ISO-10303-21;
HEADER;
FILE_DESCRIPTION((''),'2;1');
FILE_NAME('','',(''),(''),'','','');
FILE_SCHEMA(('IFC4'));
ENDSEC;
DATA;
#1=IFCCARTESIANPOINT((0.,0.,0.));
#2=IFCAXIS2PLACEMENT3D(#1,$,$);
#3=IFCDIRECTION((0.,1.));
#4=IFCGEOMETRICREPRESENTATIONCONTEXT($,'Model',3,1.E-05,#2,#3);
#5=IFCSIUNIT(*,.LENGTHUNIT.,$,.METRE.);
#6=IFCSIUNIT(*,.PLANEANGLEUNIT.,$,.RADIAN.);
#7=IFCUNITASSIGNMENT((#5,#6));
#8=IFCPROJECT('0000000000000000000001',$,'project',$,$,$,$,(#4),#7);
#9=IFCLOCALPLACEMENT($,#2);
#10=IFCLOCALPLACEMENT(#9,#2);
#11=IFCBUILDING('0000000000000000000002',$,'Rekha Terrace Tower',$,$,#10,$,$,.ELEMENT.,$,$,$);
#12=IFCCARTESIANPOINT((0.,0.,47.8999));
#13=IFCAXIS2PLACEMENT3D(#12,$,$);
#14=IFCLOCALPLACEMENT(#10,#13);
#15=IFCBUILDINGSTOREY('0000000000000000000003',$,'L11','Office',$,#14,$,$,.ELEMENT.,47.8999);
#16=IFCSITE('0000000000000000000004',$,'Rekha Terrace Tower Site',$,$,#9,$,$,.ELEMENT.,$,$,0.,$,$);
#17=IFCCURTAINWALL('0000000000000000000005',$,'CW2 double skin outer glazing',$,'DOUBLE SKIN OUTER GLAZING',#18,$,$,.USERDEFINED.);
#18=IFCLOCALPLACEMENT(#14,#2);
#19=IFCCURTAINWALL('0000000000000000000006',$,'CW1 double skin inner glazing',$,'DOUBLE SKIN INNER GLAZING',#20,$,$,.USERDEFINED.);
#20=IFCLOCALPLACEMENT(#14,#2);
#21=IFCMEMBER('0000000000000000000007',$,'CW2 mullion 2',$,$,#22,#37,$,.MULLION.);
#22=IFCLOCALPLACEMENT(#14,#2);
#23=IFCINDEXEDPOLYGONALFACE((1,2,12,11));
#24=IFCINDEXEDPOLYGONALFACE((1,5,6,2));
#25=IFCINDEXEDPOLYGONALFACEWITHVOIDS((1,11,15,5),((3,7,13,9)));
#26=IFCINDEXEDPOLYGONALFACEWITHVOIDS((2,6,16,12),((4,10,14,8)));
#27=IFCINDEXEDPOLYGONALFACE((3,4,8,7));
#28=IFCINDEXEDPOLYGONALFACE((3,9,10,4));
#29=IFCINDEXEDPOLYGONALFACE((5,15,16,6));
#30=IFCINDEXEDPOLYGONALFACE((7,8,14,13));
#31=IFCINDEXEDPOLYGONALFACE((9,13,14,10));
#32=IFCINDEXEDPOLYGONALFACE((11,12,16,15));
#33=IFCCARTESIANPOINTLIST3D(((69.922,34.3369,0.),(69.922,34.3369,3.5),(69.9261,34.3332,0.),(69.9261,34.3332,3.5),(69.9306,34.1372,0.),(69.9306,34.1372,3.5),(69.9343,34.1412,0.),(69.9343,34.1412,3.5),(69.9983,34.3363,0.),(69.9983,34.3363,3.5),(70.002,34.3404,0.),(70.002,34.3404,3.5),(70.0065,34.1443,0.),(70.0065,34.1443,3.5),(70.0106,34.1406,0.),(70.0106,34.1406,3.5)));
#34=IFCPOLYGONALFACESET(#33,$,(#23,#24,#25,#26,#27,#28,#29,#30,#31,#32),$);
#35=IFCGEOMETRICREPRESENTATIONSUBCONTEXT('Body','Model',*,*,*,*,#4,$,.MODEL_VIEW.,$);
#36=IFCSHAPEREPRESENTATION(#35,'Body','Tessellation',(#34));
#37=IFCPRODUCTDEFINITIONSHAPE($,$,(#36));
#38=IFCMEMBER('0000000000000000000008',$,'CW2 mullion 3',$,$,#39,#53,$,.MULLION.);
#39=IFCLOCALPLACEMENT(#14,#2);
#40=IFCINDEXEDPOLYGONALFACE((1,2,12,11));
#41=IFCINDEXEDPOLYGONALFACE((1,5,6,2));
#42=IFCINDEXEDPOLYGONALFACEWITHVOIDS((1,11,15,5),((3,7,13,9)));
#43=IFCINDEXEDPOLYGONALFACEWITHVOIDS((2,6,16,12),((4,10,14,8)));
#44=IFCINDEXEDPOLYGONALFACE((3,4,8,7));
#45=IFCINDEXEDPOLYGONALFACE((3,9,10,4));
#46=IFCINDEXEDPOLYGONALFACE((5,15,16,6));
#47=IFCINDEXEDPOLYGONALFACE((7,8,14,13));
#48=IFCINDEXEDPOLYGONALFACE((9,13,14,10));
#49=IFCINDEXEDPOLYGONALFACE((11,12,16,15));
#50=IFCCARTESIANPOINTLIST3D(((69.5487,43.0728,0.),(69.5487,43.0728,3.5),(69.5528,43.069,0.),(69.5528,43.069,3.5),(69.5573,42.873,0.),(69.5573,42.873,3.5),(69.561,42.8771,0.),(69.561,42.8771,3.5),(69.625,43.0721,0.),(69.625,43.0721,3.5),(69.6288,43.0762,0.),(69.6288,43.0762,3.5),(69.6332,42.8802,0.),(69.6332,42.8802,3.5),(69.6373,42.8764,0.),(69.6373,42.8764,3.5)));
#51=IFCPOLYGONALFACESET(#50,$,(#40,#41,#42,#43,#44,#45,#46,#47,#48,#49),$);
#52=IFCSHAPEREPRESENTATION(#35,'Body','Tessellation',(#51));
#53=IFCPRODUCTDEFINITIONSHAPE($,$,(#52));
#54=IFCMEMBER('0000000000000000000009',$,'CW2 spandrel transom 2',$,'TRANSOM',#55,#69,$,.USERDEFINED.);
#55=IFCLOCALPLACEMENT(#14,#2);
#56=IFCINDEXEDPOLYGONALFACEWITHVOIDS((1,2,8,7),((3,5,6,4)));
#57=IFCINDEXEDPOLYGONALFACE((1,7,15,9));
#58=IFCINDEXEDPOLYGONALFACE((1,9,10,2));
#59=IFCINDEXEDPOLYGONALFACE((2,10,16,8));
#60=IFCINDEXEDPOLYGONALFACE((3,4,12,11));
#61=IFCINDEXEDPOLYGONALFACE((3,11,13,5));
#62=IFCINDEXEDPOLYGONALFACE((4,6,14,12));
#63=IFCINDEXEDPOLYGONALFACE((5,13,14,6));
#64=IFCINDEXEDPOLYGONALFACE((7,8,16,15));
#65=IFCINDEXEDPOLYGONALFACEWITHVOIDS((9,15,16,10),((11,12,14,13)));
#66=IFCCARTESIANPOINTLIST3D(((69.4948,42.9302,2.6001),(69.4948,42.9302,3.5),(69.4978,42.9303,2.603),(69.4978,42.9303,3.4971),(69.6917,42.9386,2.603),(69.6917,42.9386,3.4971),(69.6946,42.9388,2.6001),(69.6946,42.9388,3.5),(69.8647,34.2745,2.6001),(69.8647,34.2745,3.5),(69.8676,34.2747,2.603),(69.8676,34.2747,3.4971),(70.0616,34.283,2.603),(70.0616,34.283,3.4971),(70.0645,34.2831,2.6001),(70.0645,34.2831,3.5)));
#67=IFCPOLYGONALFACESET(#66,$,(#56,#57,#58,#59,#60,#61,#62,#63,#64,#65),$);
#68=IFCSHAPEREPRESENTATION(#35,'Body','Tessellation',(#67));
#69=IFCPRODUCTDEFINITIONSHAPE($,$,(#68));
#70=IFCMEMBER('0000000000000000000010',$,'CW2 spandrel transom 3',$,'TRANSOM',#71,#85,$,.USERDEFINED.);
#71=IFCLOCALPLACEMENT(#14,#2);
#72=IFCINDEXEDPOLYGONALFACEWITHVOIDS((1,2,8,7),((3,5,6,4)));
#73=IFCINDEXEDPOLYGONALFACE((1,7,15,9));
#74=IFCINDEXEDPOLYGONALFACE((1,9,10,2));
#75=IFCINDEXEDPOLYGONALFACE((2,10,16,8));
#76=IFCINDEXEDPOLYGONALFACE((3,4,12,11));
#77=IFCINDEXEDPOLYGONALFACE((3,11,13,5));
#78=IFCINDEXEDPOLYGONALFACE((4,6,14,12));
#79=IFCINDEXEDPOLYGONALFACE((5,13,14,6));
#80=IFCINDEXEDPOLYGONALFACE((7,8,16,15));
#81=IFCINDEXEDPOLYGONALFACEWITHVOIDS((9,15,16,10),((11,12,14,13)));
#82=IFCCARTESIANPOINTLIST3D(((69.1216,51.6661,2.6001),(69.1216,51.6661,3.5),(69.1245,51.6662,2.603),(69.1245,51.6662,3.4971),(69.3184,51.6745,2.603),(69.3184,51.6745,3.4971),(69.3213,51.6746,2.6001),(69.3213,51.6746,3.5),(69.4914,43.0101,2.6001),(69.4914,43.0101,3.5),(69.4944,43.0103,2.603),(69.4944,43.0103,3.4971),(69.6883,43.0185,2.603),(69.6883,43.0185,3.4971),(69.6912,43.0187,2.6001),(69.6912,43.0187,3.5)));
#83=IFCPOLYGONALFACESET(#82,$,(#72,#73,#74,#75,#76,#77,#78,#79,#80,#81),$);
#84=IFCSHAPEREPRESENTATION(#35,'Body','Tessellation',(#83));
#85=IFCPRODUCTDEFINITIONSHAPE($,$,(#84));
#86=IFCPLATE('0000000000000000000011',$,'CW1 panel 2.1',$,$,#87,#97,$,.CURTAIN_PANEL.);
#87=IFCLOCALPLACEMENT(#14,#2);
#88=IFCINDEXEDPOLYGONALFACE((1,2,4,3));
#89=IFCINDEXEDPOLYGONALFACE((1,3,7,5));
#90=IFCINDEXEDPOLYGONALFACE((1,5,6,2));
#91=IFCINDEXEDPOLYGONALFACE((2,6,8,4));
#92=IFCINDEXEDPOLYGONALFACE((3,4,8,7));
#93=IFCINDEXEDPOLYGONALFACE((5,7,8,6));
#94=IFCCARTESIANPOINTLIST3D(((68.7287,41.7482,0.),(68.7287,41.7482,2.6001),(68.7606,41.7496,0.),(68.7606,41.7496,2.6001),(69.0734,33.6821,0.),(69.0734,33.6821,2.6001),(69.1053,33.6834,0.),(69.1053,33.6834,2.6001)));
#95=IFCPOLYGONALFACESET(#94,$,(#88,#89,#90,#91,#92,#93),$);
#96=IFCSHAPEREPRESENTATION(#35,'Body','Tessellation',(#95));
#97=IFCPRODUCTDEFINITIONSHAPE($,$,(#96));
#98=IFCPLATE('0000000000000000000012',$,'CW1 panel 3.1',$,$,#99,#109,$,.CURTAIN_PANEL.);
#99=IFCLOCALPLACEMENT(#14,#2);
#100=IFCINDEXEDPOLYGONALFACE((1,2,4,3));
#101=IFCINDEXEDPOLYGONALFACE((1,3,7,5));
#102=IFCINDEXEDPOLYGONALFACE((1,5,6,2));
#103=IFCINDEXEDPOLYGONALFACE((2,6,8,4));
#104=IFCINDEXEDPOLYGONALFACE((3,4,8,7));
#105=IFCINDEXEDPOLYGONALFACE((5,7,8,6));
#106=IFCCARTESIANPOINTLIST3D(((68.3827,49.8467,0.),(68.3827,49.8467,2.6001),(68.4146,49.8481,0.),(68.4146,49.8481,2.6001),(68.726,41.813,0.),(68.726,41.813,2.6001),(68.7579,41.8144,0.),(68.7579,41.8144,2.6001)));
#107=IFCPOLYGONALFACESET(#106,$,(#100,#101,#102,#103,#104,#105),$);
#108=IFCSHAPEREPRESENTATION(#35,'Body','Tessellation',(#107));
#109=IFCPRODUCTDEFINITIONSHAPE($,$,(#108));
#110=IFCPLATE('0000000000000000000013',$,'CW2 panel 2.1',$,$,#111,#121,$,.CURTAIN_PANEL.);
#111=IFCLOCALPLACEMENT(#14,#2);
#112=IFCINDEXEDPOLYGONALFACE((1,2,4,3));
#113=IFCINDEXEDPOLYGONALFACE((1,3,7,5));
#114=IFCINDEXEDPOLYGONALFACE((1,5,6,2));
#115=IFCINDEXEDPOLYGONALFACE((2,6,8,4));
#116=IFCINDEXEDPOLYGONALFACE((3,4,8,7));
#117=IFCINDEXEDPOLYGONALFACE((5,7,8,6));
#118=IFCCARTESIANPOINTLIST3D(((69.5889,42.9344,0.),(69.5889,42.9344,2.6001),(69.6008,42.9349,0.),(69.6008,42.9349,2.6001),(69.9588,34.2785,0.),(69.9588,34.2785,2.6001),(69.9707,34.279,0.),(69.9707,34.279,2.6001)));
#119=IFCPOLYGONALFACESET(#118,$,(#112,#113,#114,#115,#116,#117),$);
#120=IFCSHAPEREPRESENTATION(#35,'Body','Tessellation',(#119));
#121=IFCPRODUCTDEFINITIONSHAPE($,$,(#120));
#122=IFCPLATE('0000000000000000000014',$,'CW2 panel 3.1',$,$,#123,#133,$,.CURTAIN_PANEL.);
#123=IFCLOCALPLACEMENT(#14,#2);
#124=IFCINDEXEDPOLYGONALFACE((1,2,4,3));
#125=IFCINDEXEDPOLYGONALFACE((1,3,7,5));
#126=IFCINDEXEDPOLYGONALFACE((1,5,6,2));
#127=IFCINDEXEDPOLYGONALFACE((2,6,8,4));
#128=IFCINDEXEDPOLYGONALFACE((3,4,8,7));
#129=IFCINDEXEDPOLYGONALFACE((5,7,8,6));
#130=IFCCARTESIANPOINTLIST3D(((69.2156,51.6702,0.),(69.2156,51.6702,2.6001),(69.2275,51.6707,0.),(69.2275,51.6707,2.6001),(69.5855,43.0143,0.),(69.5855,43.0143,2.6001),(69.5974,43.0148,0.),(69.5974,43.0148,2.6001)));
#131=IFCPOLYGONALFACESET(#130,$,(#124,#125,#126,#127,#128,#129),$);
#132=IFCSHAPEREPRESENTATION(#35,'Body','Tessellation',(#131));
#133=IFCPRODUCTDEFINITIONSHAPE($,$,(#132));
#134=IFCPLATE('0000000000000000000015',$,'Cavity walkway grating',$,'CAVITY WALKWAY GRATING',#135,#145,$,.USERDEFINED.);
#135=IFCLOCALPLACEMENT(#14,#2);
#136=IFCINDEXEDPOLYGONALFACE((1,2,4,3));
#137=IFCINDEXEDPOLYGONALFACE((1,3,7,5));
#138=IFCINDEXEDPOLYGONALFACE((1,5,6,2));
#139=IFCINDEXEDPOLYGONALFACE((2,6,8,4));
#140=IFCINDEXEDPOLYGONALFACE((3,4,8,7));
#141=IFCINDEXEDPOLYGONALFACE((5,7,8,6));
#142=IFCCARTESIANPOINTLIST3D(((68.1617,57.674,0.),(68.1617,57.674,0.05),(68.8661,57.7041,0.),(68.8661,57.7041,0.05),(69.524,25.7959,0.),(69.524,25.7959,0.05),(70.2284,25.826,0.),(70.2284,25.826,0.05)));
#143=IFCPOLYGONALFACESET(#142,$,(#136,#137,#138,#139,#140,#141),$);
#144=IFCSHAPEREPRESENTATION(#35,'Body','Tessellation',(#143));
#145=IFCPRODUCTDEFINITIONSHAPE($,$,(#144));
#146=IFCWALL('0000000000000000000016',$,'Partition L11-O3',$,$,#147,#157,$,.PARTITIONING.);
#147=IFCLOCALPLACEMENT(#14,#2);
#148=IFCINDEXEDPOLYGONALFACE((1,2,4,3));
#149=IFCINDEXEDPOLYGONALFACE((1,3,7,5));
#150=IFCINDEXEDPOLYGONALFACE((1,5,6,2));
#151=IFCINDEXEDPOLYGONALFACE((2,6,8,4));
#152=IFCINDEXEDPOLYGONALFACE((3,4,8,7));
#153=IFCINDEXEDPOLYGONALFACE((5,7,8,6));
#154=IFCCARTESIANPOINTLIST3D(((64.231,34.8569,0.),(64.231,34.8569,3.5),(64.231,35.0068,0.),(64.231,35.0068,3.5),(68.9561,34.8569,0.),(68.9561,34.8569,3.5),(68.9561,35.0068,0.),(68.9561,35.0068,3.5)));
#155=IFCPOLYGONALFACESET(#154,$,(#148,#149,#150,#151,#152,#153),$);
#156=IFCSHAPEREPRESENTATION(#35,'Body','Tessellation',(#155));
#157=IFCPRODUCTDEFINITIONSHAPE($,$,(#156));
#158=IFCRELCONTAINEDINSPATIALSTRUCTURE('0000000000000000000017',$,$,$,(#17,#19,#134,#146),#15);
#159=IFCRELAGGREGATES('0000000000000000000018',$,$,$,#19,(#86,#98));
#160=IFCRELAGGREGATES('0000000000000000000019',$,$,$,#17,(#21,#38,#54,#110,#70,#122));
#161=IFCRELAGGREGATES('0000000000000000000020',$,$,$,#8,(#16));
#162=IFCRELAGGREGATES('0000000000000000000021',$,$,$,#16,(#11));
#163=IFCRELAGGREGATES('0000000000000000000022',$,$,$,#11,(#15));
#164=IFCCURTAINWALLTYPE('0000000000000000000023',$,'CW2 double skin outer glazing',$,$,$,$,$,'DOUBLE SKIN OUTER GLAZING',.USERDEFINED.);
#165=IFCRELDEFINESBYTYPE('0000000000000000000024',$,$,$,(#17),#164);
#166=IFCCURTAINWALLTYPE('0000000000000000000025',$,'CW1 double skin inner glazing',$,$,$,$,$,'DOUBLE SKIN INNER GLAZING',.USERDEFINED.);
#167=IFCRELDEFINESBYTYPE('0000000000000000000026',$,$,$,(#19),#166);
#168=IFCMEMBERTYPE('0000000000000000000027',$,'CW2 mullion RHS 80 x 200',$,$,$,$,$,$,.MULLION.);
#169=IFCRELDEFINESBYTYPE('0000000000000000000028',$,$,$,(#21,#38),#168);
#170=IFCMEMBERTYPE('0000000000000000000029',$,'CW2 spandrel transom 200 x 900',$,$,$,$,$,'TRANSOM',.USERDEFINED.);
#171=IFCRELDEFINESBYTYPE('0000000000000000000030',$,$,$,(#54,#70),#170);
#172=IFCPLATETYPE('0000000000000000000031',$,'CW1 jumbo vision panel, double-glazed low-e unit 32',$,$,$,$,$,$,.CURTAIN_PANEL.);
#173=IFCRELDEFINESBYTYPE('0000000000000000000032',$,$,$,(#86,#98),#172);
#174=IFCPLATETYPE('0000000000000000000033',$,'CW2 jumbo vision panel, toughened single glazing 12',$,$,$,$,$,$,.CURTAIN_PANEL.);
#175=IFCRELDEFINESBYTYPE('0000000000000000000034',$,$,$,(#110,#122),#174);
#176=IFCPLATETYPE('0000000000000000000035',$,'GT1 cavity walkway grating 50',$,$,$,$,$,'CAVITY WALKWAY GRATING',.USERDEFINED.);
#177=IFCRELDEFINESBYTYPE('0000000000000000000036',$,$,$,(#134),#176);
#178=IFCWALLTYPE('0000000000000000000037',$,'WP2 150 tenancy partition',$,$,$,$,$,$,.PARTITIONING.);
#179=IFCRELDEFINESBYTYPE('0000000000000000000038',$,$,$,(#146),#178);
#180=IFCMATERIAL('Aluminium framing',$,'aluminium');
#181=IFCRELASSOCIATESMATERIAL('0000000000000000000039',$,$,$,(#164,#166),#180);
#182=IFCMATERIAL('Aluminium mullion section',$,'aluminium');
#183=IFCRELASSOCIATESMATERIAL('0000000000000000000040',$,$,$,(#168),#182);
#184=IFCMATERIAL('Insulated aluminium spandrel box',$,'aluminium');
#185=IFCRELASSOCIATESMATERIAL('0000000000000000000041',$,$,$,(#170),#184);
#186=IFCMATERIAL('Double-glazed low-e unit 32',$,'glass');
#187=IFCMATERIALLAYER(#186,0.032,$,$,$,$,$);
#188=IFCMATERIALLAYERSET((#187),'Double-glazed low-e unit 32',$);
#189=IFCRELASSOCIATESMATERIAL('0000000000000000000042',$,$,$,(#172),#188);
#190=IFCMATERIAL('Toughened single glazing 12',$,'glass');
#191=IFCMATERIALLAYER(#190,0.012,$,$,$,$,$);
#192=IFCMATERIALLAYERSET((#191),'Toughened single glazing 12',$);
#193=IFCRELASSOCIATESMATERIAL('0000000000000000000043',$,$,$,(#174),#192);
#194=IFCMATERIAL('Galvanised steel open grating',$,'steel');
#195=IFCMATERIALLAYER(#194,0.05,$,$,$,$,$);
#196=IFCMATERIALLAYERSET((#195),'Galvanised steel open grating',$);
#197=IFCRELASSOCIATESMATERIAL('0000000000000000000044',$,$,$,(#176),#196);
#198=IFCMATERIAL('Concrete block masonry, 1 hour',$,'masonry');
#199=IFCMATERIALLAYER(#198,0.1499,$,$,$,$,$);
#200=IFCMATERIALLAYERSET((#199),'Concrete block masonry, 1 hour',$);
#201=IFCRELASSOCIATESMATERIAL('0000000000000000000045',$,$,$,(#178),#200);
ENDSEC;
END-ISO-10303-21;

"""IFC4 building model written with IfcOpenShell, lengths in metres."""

from ifc_helpers import new_model, si_unit, direction, frame, frame_2d, origin, origin_2d, place, context, subcontext, project, spatial, rectangle, hollow_rectangle, extrude, material, layer, layer_set, material_profile, profile_set, type_object, element, aggregate, save


model = new_model("IFC4")

# Units and contexts
model_context = context("Model", 3, precision=1e-05, world=origin(), true_north=direction((0.0, 1.0)))
body_context = subcontext(model_context, "Body", "Model", "MODEL_VIEW")
ifc_project = project(units=[si_unit("LENGTHUNIT", "METRE"), si_unit("PLANEANGLEUNIT", "RADIAN")], contexts=[model_context])

# Site, building, storey
site_placement = place(None, origin())
site = spatial("IfcSite", under=ifc_project, at=site_placement, Name="Rekha Terrace Tower Site", CompositionType="ELEMENT", RefElevation=0.0)
building_placement = place(site_placement, origin())
building = spatial("IfcBuilding", under=site, at=building_placement, Name="Rekha Terrace Tower", CompositionType="ELEMENT")
storey_placement = place(building_placement, frame((0.0, 0.0, 47.8999)))
storey = spatial("IfcBuildingStorey", under=building, at=storey_placement, Name="L11", Description="Office", CompositionType="ELEMENT", Elevation=47.8999)

# Curtain walls
ifc_material_1 = material(Name="Aluminium framing", Category="aluminium")
curtain_wall_type_1 = type_object("IfcCurtainWallType", Name="CW2 double skin outer glazing", ElementType="DOUBLE SKIN OUTER GLAZING", PredefinedType="USERDEFINED", material=ifc_material_1)
curtain_wall_1_placement = place(storey_placement, origin())
curtain_wall_1 = element("IfcCurtainWall", 1, at=curtain_wall_1_placement, inside=storey, type_object=curtain_wall_type_1, Name="CW2 double skin outer glazing", ObjectType="DOUBLE SKIN OUTER GLAZING", PredefinedType="USERDEFINED")
curtain_wall_type_2 = type_object("IfcCurtainWallType", Name="CW1 double skin inner glazing", ElementType="DOUBLE SKIN INNER GLAZING", PredefinedType="USERDEFINED", material=ifc_material_1)
curtain_wall_2_placement = place(storey_placement, origin())
curtain_wall_2 = element("IfcCurtainWall", 2, at=curtain_wall_2_placement, inside=storey, type_object=curtain_wall_type_2, Name="CW1 double skin inner glazing", ObjectType="DOUBLE SKIN INNER GLAZING", PredefinedType="USERDEFINED")
ifc_material_2 = material(Name="Aluminium mullion section", Category="aluminium")
ifc_material_3 = material(Name="Insulated aluminium spandrel box", Category="aluminium")

# Members
ifc_material_profile_1 = material_profile(ifc_material_2, hollow_rectangle(XDim=0.0801, YDim=0.2, WallThickness=0.0039, at=origin_2d()), Name="AL RHS 80x200")
ifc_profile_set_1 = profile_set([ifc_material_profile_1], Name="Aluminium mullion section")
member_type_1 = type_object("IfcMemberType", Name="CW2 mullion RHS 80 x 200", PredefinedType="MULLION", material=ifc_profile_set_1)
member_1_placement = place(storey_placement, frame((69.9663, 34.2388, 0.0), z_axis=(0.0, 0.0, 1.0), x_axis=(-0.999088, -0.042696, 0.0)))
member_1 = element("IfcMember", 3, at=member_1_placement, type_object=member_type_1, Name="CW2 mullion 2", PredefinedType="MULLION", context=body_context, shape_type="SweptSolid", body=[
    extrude(hollow_rectangle(XDim=0.0801, YDim=0.2, WallThickness=0.0039, at=origin_2d()), origin(), (0.0, 0.0, 1.0), 3.5),
])
member_2_placement = place(storey_placement, frame((69.593, 42.9746, 0.0), z_axis=(0.0, 0.0, 1.0), x_axis=(-0.999088, -0.042696, 0.0)))
member_2 = element("IfcMember", 4, at=member_2_placement, type_object=member_type_1, Name="CW2 mullion 3", PredefinedType="MULLION", context=body_context, shape_type="SweptSolid", body=[
    extrude(hollow_rectangle(XDim=0.0801, YDim=0.2, WallThickness=0.0039, at=origin_2d()), origin(), (0.0, 0.0, 1.0), 3.5),
])
ifc_material_profile_2 = material_profile(ifc_material_3, hollow_rectangle(XDim=0.2, YDim=0.8999, WallThickness=0.0029, at=origin_2d()), Name="AL SPANDREL BOX 200x900")
ifc_profile_set_2 = profile_set([ifc_material_profile_2], Name="Insulated aluminium spandrel box")
member_type_2 = type_object("IfcMemberType", Name="CW2 spandrel transom 200 x 900", ElementType="TRANSOM", PredefinedType="USERDEFINED", material=ifc_profile_set_2)
member_3_placement = place(storey_placement, frame((69.9646, 34.2788, 3.05), z_axis=(-0.042692, 0.999088, 0.0), x_axis=(-0.999088, -0.042692, 0.0)))
member_3 = element("IfcMember", 5, at=member_3_placement, type_object=member_type_2, Name="CW2 spandrel transom 2", ObjectType="TRANSOM", PredefinedType="USERDEFINED", context=body_context, shape_type="SweptSolid", body=[
    extrude(hollow_rectangle(XDim=0.2, YDim=0.8999, WallThickness=0.0029, at=origin_2d()), origin(), (0.0, 0.0, 1.0), 8.6636),
])
member_4_placement = place(storey_placement, frame((69.5913, 43.0144, 3.05), z_axis=(-0.042691, 0.999088, 0.0), x_axis=(-0.999088, -0.042691, 0.0)))
member_4 = element("IfcMember", 6, at=member_4_placement, type_object=member_type_2, Name="CW2 spandrel transom 3", ObjectType="TRANSOM", PredefinedType="USERDEFINED", context=body_context, shape_type="SweptSolid", body=[
    extrude(hollow_rectangle(XDim=0.2, YDim=0.8999, WallThickness=0.0029, at=origin_2d()), origin(), (0.0, 0.0, 1.0), 8.6638),
])

# Plates
ifc_material_4 = material(Name="Double-glazed low-e unit 32", Category="glass")
ifc_layer_1 = layer(ifc_material_4, 0.032)
ifc_layer_set_1 = layer_set([ifc_layer_1], Name="Double-glazed low-e unit 32")
plate_type_1 = type_object("IfcPlateType", Name="CW1 jumbo vision panel, double-glazed low-e unit 32", PredefinedType="CURTAIN_PANEL", material=ifc_layer_set_1)
plate_1_placement = place(storey_placement, frame((68.917, 37.7158, 0.0), z_axis=(0.0, 0.0, 1.0), x_axis=(-0.042696, 0.999088, 0.0)))
plate_1 = element("IfcPlate", 7, at=plate_1_placement, type_object=plate_type_1, Name="CW1 panel 2.1", PredefinedType="CURTAIN_PANEL", context=body_context, shape_type="SweptSolid", body=[
    extrude(rectangle(XDim=8.0735, YDim=0.032, at=origin_2d()), origin(), (0.0, 0.0, 1.0), 2.6001),
])
plate_2_placement = place(storey_placement, frame((68.5703, 45.8306, 0.0), z_axis=(0.0, 0.0, 1.0), x_axis=(-0.042696, 0.999088, 0.0)))
plate_2 = element("IfcPlate", 8, at=plate_2_placement, type_object=plate_type_1, Name="CW1 panel 3.1", PredefinedType="CURTAIN_PANEL", context=body_context, shape_type="SweptSolid", body=[
    extrude(rectangle(XDim=8.041, YDim=0.032, at=origin_2d()), origin(), (0.0, 0.0, 1.0), 2.6001),
])
aggregate(curtain_wall_2, [plate_1, plate_2])
ifc_material_5 = material(Name="Toughened single glazing 12", Category="glass")
ifc_layer_2 = layer(ifc_material_5, 0.012)
ifc_layer_set_2 = layer_set([ifc_layer_2], Name="Toughened single glazing 12")
plate_type_2 = type_object("IfcPlateType", Name="CW2 jumbo vision panel, toughened single glazing 12", PredefinedType="CURTAIN_PANEL", material=ifc_layer_set_2)
plate_3_placement = place(storey_placement, frame((69.7798, 38.6067, 0.0), z_axis=(0.0, 0.0, 1.0), x_axis=(-0.042696, 0.999088, 0.0)))
plate_3 = element("IfcPlate", 9, at=plate_3_placement, type_object=plate_type_2, Name="CW2 panel 2.1", PredefinedType="CURTAIN_PANEL", context=body_context, shape_type="SweptSolid", body=[
    extrude(rectangle(XDim=8.6638, YDim=0.012, at=origin_2d()), origin(), (0.0, 0.0, 1.0), 2.6001),
])
plate_4_placement = place(storey_placement, frame((69.4065, 47.3425, 0.0), z_axis=(0.0, 0.0, 1.0), x_axis=(-0.042696, 0.999088, 0.0)))
plate_4 = element("IfcPlate", 10, at=plate_4_placement, type_object=plate_type_2, Name="CW2 panel 3.1", PredefinedType="CURTAIN_PANEL", context=body_context, shape_type="SweptSolid", body=[
    extrude(rectangle(XDim=8.6638, YDim=0.012, at=origin_2d()), origin(), (0.0, 0.0, 1.0), 2.6001),
])
aggregate(curtain_wall_1, [member_1, member_2, member_3, plate_3, member_4, plate_4])
ifc_material_6 = material(Name="Galvanised steel open grating", Category="steel")
ifc_layer_3 = layer(ifc_material_6, 0.05)
ifc_layer_set_3 = layer_set([ifc_layer_3], Name="Galvanised steel open grating")
plate_type_3 = type_object("IfcPlateType", Name="GT1 cavity walkway grating 50", ElementType="CAVITY WALKWAY GRATING", PredefinedType="USERDEFINED", material=ifc_layer_set_3)
plate_5_placement = place(storey_placement, frame((69.1951, 41.75, 0.0), z_axis=(0.0, 0.0, 1.0), x_axis=(-0.042696, 0.999088, 0.0)))
element("IfcPlate", 11, at=plate_5_placement, inside=storey, type_object=plate_type_3, Name="Cavity walkway grating", ObjectType="CAVITY WALKWAY GRATING", PredefinedType="USERDEFINED", context=body_context, shape_type="SweptSolid", body=[
    extrude(rectangle(XDim=31.9072, YDim=0.7051, at=origin_2d()), origin(), (0.0, 0.0, 1.0), 0.05),
])

# Wall
ifc_material_7 = material(Name="Concrete block masonry, 1 hour", Category="masonry")
ifc_layer_4 = layer(ifc_material_7, 0.1499)
ifc_layer_set_4 = layer_set([ifc_layer_4], Name="Concrete block masonry, 1 hour")
wall_type_1 = type_object("IfcWallType", Name="WP2 150 tenancy partition", PredefinedType="PARTITIONING", material=ifc_layer_set_4)
wall_1_placement = place(storey_placement, frame((64.231, 34.9319, 0.0), z_axis=(0.0, 0.0, 1.0), x_axis=(1.0, 0.0, 0.0)))
element("IfcWall", 12, at=wall_1_placement, inside=storey, type_object=wall_type_1, Name="Partition L11-O3", PredefinedType="PARTITIONING", context=body_context, shape_type="SweptSolid", body=[
    extrude(rectangle(XDim=4.7251, YDim=0.1499, at=frame_2d((2.3625, 0.0))), origin(), (0.0, 0.0, 1.0), 3.5),
])

save(model, "model.ifc")
